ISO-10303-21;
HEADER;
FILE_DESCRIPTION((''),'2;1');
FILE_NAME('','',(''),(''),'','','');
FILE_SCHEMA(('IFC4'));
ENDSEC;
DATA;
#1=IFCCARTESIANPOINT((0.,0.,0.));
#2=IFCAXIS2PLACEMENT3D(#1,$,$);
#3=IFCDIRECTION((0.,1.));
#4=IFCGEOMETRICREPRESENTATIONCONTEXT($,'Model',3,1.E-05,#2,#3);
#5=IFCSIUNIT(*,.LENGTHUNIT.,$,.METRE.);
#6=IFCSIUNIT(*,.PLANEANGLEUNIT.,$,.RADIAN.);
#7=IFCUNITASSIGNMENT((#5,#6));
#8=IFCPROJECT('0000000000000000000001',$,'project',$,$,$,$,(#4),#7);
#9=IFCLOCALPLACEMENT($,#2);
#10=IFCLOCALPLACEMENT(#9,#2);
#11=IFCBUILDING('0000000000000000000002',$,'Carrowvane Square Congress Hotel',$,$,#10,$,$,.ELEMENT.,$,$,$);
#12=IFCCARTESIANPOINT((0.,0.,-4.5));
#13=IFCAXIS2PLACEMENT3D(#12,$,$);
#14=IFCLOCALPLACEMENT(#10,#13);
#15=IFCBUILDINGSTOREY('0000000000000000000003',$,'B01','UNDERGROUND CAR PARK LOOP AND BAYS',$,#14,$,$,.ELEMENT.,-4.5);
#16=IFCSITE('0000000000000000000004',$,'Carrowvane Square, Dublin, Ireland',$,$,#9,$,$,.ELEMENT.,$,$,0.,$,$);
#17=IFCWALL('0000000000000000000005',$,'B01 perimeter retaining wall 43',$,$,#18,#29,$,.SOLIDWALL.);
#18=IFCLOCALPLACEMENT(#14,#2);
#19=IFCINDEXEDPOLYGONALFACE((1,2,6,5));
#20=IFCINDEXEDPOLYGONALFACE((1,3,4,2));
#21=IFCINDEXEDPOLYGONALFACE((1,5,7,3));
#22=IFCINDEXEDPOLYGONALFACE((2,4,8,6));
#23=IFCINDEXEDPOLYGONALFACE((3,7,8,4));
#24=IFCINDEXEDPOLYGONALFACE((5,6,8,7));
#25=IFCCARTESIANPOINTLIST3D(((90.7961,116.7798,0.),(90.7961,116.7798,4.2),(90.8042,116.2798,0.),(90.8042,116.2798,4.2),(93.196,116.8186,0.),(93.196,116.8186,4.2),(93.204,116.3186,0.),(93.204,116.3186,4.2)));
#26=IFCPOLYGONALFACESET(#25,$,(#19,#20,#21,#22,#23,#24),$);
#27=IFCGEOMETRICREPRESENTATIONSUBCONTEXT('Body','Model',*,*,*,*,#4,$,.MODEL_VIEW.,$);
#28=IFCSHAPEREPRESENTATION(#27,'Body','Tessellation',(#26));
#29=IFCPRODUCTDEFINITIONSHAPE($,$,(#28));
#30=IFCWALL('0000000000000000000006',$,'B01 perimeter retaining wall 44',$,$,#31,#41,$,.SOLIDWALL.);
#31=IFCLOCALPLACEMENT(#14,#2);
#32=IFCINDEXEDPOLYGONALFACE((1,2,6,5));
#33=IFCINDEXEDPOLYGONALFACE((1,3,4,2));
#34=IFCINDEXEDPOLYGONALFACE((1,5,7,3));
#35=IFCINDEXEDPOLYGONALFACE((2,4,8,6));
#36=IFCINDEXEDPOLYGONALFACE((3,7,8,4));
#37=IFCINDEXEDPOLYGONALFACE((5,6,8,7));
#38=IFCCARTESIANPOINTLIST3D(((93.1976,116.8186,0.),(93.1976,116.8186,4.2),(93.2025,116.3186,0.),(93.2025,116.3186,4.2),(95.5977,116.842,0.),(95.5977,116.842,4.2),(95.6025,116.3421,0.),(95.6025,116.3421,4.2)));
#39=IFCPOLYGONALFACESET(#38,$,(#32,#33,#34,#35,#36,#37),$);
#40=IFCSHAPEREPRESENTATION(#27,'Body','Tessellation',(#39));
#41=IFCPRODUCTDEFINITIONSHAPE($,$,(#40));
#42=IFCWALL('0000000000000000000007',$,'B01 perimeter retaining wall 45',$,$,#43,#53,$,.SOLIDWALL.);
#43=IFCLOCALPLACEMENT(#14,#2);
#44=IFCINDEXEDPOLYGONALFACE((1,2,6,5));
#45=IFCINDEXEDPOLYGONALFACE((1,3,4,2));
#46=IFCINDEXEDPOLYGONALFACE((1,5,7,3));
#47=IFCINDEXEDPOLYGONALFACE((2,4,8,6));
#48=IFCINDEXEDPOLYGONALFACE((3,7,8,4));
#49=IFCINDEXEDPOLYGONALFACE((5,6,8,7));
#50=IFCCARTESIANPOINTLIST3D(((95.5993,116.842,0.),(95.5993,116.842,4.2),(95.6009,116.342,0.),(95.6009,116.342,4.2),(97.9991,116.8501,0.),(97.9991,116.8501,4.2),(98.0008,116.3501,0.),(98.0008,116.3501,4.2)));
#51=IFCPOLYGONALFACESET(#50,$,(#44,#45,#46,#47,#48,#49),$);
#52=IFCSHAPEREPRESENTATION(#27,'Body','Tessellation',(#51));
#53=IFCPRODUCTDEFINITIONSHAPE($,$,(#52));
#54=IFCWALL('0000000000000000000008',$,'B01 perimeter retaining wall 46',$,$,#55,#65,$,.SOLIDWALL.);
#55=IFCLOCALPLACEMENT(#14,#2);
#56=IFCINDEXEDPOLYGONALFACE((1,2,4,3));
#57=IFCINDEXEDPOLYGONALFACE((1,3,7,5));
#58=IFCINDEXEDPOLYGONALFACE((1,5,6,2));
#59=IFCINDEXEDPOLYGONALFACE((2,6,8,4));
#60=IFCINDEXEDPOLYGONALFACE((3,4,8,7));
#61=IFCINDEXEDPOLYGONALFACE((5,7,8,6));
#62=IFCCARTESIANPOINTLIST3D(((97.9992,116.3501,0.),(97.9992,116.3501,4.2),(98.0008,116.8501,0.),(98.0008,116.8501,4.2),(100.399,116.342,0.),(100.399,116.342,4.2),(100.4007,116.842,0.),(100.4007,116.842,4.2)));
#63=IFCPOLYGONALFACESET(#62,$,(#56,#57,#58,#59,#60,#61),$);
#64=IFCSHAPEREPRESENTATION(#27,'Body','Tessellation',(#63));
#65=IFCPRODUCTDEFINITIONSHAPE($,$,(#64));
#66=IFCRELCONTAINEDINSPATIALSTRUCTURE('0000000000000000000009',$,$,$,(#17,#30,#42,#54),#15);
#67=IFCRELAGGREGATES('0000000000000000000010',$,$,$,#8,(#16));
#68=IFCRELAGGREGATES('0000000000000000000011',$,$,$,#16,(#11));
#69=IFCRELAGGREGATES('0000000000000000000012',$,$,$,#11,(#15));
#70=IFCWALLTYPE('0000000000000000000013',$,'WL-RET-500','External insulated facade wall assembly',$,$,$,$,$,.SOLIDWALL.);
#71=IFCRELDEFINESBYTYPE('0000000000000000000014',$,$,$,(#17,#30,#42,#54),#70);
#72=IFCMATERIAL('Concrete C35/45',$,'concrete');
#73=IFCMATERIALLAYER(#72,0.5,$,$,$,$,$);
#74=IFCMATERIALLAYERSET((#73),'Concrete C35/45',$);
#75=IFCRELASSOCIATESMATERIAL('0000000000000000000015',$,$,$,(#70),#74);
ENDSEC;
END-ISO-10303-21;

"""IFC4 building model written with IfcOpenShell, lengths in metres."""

from ifc_helpers import new_model, si_unit, direction, frame, frame_2d, origin, place, context, subcontext, project, spatial, rectangle, extrude, material, layer, layer_set, type_object, element, save


model = new_model("IFC4")

# Units and contexts
model_context = context("Model", 3, precision=1e-05, world=origin(), true_north=direction((0.0, 1.0)))
body_context = subcontext(model_context, "Body", "Model", "MODEL_VIEW")
ifc_project = project(units=[si_unit("LENGTHUNIT", "METRE"), si_unit("PLANEANGLEUNIT", "RADIAN")], contexts=[model_context])

# Site, building, storey
site_placement = place(None, origin())
site = spatial("IfcSite", under=ifc_project, at=site_placement, Name="Carrowvane Square, Dublin, Ireland", CompositionType="ELEMENT", RefElevation=0.0)
building_placement = place(site_placement, origin())
building = spatial("IfcBuilding", under=site, at=building_placement, Name="Carrowvane Square Congress Hotel", CompositionType="ELEMENT")
storey_placement = place(building_placement, frame((0.0, 0.0, -4.5)))
storey = spatial("IfcBuildingStorey", under=building, at=storey_placement, Name="B01", Description="UNDERGROUND CAR PARK LOOP AND BAYS", CompositionType="ELEMENT", Elevation=-4.5)

# Walls
ifc_material_1 = material(Name="Concrete C35/45", Category="concrete")
ifc_layer = layer(ifc_material_1, 0.5)
ifc_layer_set = layer_set([ifc_layer], Name="Concrete C35/45")
wall_type = type_object("IfcWallType", Name="WL-RET-500", Description="External insulated facade wall assembly", PredefinedType="SOLIDWALL", material=ifc_layer_set)
for number, where, z_axis, x_axis, name in (
    (1, (90.8, 116.5298, 0.0), (0.0, 0.0, 1.0), (0.999869, 0.016173, 0.0), "B01 perimeter retaining wall 43"),
    (2, (93.2, 116.5686, 0.0), (0.0, 0.0, 1.0), (0.999952, 0.009765, 0.0), "B01 perimeter retaining wall 44"),
):
    element("IfcWall", number, at=place(storey_placement, frame(where, z_axis=z_axis, x_axis=x_axis)), inside=storey, type_object=wall_type, Name=name, PredefinedType="SOLIDWALL", context=body_context, shape_type="SweptSolid", body=[
        extrude(rectangle(XDim=2.4001, YDim=0.5, at=frame_2d((1.2002, 0.0))), origin(), (0.0, 0.0, 1.0), 4.2),
    ])
for number, where, z_axis, x_axis, name in (
    (3, (95.6001, 116.592, 0.0), (0.0, 0.0, 1.0), (0.999994, 0.003357, 0.0), "B01 perimeter retaining wall 45"),
    (4, (98.0, 116.6001, 0.0), (0.0, 0.0, 1.0), (0.999994, -0.003357, 0.0), "B01 perimeter retaining wall 46"),
):
    element("IfcWall", number, at=place(storey_placement, frame(where, z_axis=z_axis, x_axis=x_axis)), inside=storey, type_object=wall_type, Name=name, PredefinedType="SOLIDWALL", context=body_context, shape_type="SweptSolid", body=[
        extrude(rectangle(XDim=2.3999, YDim=0.5, at=frame_2d((1.2, 0.0))), origin(), (0.0, 0.0, 1.0), 4.2),
    ])

save(model, "model.ifc")
